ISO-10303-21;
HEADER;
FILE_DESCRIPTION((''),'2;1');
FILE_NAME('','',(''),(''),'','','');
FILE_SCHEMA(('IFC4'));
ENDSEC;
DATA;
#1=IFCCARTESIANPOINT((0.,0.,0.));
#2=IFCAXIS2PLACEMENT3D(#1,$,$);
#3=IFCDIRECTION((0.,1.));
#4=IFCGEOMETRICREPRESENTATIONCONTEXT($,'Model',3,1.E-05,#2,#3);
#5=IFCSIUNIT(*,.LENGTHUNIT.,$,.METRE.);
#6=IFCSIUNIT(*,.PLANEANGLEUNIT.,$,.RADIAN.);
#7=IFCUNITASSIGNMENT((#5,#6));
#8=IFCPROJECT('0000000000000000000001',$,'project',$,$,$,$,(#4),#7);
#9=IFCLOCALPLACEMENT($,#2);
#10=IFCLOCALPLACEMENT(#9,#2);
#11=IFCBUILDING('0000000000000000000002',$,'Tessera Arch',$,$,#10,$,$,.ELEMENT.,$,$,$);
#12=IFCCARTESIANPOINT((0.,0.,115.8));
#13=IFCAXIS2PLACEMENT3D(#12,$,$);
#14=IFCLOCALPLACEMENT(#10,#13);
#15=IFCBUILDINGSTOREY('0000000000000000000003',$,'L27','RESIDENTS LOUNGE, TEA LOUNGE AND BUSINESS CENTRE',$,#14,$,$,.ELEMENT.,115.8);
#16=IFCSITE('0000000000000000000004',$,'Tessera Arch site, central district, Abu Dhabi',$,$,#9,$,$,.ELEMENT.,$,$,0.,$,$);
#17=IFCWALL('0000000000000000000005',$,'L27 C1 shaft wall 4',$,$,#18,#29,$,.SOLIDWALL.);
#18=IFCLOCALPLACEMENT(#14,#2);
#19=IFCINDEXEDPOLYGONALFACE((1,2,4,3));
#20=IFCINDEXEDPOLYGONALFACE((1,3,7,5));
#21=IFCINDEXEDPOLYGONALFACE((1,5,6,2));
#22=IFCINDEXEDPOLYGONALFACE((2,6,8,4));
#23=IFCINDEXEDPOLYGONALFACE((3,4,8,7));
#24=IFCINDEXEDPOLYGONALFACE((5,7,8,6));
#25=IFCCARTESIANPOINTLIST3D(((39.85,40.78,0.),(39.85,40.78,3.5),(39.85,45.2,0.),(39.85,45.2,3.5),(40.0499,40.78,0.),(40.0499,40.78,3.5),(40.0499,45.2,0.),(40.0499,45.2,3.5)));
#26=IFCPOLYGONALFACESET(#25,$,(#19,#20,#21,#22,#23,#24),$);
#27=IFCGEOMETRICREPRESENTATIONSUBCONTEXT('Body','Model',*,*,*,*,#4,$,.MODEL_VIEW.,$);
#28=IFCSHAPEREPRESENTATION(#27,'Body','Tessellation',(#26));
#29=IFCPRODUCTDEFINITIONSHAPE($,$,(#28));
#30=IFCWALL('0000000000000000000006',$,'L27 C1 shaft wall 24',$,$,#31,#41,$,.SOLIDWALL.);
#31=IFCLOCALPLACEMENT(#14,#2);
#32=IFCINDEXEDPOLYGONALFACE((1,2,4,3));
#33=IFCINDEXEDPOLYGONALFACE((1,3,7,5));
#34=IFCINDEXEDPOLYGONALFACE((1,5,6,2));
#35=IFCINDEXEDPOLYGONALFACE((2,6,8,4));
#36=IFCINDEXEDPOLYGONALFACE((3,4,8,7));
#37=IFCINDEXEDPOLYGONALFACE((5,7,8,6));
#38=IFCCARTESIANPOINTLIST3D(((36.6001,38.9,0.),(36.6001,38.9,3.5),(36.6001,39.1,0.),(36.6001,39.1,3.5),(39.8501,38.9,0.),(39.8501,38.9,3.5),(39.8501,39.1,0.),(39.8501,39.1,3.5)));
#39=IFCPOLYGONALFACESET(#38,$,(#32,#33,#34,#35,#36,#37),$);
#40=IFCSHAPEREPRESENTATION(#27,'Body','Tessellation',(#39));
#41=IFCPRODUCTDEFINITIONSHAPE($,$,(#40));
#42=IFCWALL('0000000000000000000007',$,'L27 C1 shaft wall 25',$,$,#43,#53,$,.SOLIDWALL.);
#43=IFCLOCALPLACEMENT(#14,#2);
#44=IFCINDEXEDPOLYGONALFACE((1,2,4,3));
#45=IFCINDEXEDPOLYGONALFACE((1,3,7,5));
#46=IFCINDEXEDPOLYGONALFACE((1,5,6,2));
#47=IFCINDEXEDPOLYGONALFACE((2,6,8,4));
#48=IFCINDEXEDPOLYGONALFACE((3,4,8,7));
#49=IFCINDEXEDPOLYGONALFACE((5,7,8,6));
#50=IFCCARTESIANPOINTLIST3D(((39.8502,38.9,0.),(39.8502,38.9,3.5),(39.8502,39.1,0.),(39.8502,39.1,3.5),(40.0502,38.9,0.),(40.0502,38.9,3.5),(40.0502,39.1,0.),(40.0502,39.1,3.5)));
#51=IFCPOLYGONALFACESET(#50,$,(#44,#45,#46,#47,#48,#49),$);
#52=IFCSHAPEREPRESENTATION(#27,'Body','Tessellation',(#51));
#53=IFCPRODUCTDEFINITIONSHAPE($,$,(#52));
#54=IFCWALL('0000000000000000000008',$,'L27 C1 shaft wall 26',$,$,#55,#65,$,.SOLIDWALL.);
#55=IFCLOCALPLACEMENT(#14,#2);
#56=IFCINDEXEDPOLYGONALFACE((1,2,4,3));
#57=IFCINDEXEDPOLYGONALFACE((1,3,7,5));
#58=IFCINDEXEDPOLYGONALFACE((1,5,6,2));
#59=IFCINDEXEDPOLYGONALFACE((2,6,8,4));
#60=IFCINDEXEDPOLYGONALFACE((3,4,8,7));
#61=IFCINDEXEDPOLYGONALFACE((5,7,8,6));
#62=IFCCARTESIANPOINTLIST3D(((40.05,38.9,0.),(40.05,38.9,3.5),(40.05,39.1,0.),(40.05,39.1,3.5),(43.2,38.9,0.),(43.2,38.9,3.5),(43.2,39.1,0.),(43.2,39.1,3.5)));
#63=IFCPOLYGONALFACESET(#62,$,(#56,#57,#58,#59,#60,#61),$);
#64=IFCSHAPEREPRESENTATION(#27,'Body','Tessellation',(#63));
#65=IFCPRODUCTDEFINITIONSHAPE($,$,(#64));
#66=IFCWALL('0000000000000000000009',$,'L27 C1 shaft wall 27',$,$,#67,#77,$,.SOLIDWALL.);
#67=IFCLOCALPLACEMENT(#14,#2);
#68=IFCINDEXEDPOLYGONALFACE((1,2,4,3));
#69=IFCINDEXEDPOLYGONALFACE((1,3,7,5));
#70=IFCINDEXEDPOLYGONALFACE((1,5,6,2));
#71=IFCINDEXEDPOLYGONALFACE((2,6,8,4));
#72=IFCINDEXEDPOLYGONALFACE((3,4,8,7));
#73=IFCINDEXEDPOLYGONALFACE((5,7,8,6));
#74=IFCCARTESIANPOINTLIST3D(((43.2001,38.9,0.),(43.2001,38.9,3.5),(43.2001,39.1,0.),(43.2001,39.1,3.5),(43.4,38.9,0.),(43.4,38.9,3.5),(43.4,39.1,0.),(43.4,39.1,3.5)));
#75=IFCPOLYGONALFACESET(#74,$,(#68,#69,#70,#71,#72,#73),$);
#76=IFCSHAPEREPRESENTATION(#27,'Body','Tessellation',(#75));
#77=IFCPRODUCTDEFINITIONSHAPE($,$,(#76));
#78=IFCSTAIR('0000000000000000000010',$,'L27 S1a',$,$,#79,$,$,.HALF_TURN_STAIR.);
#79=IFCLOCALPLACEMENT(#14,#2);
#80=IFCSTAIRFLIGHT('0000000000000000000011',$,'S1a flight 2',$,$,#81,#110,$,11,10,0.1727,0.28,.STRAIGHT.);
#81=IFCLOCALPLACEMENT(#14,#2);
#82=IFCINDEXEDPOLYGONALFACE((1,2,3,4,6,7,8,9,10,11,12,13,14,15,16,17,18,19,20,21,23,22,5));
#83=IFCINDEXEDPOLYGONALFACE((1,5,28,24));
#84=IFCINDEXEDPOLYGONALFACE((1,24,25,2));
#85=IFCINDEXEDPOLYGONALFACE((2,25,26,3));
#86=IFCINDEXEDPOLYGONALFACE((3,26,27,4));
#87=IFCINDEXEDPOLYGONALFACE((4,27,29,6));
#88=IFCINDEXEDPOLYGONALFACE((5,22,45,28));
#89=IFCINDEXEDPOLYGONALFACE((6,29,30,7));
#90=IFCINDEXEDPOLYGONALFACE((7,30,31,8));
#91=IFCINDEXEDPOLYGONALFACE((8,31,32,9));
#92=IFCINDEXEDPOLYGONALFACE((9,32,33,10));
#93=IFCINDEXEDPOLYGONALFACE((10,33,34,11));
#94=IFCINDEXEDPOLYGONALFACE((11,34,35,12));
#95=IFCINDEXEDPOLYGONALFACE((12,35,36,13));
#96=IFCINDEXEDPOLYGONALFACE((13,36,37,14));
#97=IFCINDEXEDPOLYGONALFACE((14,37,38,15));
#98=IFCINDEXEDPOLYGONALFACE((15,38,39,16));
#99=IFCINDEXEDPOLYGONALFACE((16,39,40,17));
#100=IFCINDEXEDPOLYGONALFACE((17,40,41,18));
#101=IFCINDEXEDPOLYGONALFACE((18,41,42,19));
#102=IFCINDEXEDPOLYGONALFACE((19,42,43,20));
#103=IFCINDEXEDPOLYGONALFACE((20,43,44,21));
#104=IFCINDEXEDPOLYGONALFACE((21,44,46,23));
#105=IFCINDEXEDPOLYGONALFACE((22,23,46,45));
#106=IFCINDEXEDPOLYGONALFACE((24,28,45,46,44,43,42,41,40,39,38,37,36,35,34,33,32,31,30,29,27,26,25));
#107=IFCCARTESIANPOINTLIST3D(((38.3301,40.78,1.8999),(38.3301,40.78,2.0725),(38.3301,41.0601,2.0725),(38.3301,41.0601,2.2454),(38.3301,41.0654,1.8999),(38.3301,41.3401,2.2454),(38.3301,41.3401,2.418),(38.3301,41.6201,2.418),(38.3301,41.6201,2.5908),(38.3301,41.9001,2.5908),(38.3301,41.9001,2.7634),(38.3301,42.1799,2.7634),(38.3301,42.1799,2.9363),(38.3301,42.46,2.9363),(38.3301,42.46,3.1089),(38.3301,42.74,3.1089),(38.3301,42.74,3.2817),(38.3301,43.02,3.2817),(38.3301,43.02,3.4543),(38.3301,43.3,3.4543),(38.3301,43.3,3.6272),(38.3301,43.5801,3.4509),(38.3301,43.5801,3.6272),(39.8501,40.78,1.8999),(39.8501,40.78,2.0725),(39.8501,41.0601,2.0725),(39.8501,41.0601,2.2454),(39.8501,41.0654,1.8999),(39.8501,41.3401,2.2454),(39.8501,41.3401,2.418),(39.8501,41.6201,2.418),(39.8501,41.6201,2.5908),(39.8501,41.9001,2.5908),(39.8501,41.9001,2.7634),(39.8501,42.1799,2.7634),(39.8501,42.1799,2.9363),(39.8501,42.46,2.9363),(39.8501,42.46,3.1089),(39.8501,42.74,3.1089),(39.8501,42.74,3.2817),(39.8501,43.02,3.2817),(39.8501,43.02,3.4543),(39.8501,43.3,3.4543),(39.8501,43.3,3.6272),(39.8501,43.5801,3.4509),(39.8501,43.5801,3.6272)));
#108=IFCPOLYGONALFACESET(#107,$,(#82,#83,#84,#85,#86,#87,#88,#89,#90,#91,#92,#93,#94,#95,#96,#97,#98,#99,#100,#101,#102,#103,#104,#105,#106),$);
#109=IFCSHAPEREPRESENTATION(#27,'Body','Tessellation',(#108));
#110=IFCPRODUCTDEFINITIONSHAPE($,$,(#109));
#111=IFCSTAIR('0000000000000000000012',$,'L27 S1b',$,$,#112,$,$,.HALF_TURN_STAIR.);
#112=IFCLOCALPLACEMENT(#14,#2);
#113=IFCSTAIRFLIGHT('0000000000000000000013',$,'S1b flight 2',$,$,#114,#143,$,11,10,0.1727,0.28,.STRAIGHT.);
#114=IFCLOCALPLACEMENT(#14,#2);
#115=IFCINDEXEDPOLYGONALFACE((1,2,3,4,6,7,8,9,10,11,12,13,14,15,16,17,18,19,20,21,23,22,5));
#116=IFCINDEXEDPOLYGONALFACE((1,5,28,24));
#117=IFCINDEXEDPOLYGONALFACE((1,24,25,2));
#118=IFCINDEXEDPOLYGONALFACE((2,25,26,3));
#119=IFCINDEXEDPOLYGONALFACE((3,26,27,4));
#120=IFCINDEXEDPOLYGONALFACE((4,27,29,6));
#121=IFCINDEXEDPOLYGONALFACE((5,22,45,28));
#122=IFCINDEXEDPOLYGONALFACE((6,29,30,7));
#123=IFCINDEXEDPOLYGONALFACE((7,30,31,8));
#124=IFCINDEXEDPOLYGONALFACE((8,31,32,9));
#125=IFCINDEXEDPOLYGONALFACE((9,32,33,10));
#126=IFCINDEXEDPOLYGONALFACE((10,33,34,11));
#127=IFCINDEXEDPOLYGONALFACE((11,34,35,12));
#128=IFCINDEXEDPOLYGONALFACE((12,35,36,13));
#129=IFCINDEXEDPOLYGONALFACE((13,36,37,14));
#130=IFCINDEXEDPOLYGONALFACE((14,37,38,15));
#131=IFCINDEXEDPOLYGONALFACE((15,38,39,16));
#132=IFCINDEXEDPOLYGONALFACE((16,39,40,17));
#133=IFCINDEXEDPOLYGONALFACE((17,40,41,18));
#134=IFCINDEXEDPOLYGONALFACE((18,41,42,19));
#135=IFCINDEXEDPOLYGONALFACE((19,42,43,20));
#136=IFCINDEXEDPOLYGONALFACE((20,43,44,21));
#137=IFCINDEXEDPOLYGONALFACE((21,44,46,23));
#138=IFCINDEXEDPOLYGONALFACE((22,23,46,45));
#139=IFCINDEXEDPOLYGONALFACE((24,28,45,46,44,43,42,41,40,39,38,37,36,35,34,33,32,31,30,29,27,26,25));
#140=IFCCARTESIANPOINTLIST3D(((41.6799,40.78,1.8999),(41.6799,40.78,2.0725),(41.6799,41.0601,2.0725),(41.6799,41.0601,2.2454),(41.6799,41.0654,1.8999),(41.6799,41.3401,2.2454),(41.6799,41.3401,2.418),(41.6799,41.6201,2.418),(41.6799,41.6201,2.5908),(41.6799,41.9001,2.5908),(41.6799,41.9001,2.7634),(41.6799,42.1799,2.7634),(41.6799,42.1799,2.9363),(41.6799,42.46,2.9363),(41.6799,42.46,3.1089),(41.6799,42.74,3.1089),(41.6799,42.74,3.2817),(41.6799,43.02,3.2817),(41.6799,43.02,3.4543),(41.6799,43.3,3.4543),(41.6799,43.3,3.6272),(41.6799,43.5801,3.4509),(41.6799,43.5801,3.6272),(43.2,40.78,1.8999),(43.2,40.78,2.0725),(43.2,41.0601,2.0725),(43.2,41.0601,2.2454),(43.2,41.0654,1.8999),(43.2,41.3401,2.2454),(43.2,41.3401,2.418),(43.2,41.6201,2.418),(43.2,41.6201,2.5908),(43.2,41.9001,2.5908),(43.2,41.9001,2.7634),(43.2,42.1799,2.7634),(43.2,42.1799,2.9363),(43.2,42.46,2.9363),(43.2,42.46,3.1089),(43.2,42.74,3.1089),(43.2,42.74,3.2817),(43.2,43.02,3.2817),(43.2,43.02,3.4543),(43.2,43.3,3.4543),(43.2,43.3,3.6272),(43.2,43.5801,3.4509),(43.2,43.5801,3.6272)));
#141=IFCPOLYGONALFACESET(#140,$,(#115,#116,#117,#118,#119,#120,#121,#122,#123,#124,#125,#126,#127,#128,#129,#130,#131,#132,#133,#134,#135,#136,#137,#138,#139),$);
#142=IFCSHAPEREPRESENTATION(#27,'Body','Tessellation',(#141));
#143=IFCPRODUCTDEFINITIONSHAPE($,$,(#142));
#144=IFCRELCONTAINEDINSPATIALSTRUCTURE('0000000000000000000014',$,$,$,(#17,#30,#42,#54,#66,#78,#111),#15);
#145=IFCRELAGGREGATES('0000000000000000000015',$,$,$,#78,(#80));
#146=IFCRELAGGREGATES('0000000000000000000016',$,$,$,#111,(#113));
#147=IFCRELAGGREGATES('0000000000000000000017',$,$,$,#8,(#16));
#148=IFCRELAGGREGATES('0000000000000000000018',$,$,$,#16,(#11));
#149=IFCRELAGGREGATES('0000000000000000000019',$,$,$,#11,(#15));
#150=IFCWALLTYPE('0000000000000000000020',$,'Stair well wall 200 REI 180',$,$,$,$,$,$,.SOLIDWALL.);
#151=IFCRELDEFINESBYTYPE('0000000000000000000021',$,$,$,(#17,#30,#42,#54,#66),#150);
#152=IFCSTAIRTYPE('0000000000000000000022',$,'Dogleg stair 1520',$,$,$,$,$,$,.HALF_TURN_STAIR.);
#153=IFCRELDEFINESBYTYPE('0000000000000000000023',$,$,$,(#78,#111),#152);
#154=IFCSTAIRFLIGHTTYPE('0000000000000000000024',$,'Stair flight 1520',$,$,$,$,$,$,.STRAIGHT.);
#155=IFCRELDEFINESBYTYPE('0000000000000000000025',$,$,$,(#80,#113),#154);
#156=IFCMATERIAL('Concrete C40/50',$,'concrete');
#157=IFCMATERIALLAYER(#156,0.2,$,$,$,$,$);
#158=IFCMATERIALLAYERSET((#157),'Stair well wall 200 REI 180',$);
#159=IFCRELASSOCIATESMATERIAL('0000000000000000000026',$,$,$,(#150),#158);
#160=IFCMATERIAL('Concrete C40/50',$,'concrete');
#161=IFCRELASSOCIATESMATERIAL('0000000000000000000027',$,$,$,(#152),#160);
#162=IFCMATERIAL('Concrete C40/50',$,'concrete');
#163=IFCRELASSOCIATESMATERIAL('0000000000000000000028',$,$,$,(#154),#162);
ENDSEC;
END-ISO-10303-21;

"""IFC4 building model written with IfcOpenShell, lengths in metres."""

from ifc_helpers import new_model, si_unit, direction, frame, frame_2d, origin, place, context, subcontext, project, spatial, polyline, rectangle, outline, extrude, material, layer, layer_set, type_object, element, aggregate, save


model = new_model("IFC4")

# Units and contexts
model_context = context("Model", 3, precision=1e-05, world=origin(), true_north=direction((0.0, 1.0)))
body_context = subcontext(model_context, "Body", "Model", "MODEL_VIEW")
ifc_project = project(units=[si_unit("LENGTHUNIT", "METRE"), si_unit("PLANEANGLEUNIT", "RADIAN")], contexts=[model_context])

# Site, building, storey
site_placement = place(None, origin())
site = spatial("IfcSite", under=ifc_project, at=site_placement, Name="Tessera Arch site, central district, Abu Dhabi", CompositionType="ELEMENT", RefElevation=0.0)
building_placement = place(site_placement, origin())
building = spatial("IfcBuilding", under=site, at=building_placement, Name="Tessera Arch", CompositionType="ELEMENT")
storey_placement = place(building_placement, frame((0.0, 0.0, 115.8)))
storey = spatial("IfcBuildingStorey", under=building, at=storey_placement, Name="L27", Description="RESIDENTS LOUNGE, TEA LOUNGE AND BUSINESS CENTRE", CompositionType="ELEMENT", Elevation=115.8)

# Walls
ifc_material_1 = material(Name="Concrete C40/50", Category="concrete")
ifc_layer_1 = layer(ifc_material_1, 0.2)
ifc_layer_set_1 = layer_set([ifc_layer_1], Name="Stair well wall 200 REI 180")
wall_type_1 = type_object("IfcWallType", Name="Stair well wall 200 REI 180", PredefinedType="SOLIDWALL", material=ifc_layer_set_1)
wall_1_placement = place(storey_placement, frame((39.95, 40.78, 0.0), z_axis=(0.0, 0.0, 1.0), x_axis=(0.0, 1.0, 0.0)))
element("IfcWall", 1, at=wall_1_placement, inside=storey, type_object=wall_type_1, Name="L27 C1 shaft wall 4", PredefinedType="SOLIDWALL", context=body_context, shape_type="SweptSolid", body=[
    extrude(rectangle(XDim=4.4199, YDim=0.2, at=frame_2d((2.21, 0.0))), origin(), (0.0, 0.0, 1.0), 3.5),
])
wall_2_placement = place(storey_placement, frame((36.6001, 39.0, 0.0), z_axis=(0.0, 0.0, 1.0), x_axis=(1.0, 0.0, 0.0)))
element("IfcWall", 2, at=wall_2_placement, inside=storey, type_object=wall_type_1, Name="L27 C1 shaft wall 24", PredefinedType="SOLIDWALL", context=body_context, shape_type="SweptSolid", body=[
    extrude(rectangle(XDim=3.25, YDim=0.2, at=frame_2d((1.625, 0.0))), origin(), (0.0, 0.0, 1.0), 3.5),
])
wall_3_placement = place(storey_placement, frame((39.8501, 39.0, 0.0), z_axis=(0.0, 0.0, 1.0), x_axis=(1.0, 0.0, 0.0)))
element("IfcWall", 3, at=wall_3_placement, inside=storey, type_object=wall_type_1, Name="L27 C1 shaft wall 25", PredefinedType="SOLIDWALL", context=body_context, shape_type="SweptSolid", body=[
    extrude(rectangle(XDim=0.2, YDim=0.2, at=frame_2d((0.1001, 0.0))), origin(), (0.0, 0.0, 1.0), 3.5),
])
wall_4_placement = place(storey_placement, frame((40.05, 39.0, 0.0), z_axis=(0.0, 0.0, 1.0), x_axis=(1.0, 0.0, 0.0)))
element("IfcWall", 4, at=wall_4_placement, inside=storey, type_object=wall_type_1, Name="L27 C1 shaft wall 26", PredefinedType="SOLIDWALL", context=body_context, shape_type="SweptSolid", body=[
    extrude(rectangle(XDim=3.1499, YDim=0.2, at=frame_2d((1.575, 0.0))), origin(), (0.0, 0.0, 1.0), 3.5),
])
wall_5_placement = place(storey_placement, frame((43.2, 39.0, 0.0), z_axis=(0.0, 0.0, 1.0), x_axis=(1.0, 0.0, 0.0)))
element("IfcWall", 5, at=wall_5_placement, inside=storey, type_object=wall_type_1, Name="L27 C1 shaft wall 27", PredefinedType="SOLIDWALL", context=body_context, shape_type="SweptSolid", body=[
    extrude(rectangle(XDim=0.2, YDim=0.2, at=frame_2d((0.1001, 0.0))), origin(), (0.0, 0.0, 1.0), 3.5),
])

# Stairs, stair flights
ifc_material_2 = material(Name="Concrete C40/50", Category="concrete")
stair_type = type_object("IfcStairType", Name="Dogleg stair 1520", PredefinedType="HALF_TURN_STAIR", material=ifc_material_2)
stair_1_placement = place(storey_placement, origin())
stair_1 = element("IfcStair", 6, at=stair_1_placement, inside=storey, type_object=stair_type, Name="L27 S1a", PredefinedType="HALF_TURN_STAIR")
ifc_material_3 = material(Name="Concrete C40/50", Category="concrete")
stair_flight_type = type_object("IfcStairFlightType", Name="Stair flight 1520", PredefinedType="STRAIGHT", material=ifc_material_3)
stair_flight_1_placement = place(storey_placement, frame((39.0901, 40.78, 1.8999), z_axis=(0.0, 0.0, 1.0), x_axis=(0.0, 1.0, 0.0)))
stair_flight_1 = element("IfcStairFlight", 7, at=stair_flight_1_placement, type_object=stair_flight_type, Name="S1a flight 2", NumberOfRisers=11, NumberOfTreads=10, PredefinedType="STRAIGHT", RiserHeight=0.1727, TreadLength=0.28, context=body_context, shape_type="SweptSolid", body=[
    extrude(outline(polyline([(0.0, 0.0), (0.0, 0.1726), (0.28, 0.1726), (0.28, 0.3455), (0.5601, 0.3455), (0.5601, 0.5181), (0.8401, 0.5181), (0.8401, 0.6909), (1.1201, 0.6909), (1.1201, 0.8635), (1.3999, 0.8635), (1.3999, 1.0364), (1.6799, 1.0364), (1.6799, 1.209), (1.96, 1.209), (1.96, 1.3818), (2.24, 1.3818), (2.24, 1.5544), (2.52, 1.5544), (2.52, 1.7273), (2.8, 1.7273), (2.8, 1.8999), (2.8, 1.551), (0.2854, 0.0), (0.0, 0.0)])), frame((0.0, 0.76, 0.0), z_axis=(0.0, -1.0, 0.0), x_axis=(1.0, 0.0, 0.0)), (0.0, 0.0, 1.0), 1.52),
])
aggregate(stair_1, [stair_flight_1])
stair_2_placement = place(storey_placement, origin())
stair_2 = element("IfcStair", 8, at=stair_2_placement, inside=storey, type_object=stair_type, Name="L27 S1b", PredefinedType="HALF_TURN_STAIR")
stair_flight_2_placement = place(storey_placement, frame((42.4399, 40.78, 1.8999), z_axis=(0.0, 0.0, 1.0), x_axis=(0.0, 1.0, 0.0)))
stair_flight_2 = element("IfcStairFlight", 9, at=stair_flight_2_placement, type_object=stair_flight_type, Name="S1b flight 2", NumberOfRisers=11, NumberOfTreads=10, PredefinedType="STRAIGHT", RiserHeight=0.1727, TreadLength=0.28, context=body_context, shape_type="SweptSolid", body=[
    extrude(outline(polyline([(0.0, 0.0), (0.0, 0.1726), (0.28, 0.1726), (0.28, 0.3455), (0.5601, 0.3455), (0.5601, 0.5181), (0.8401, 0.5181), (0.8401, 0.6909), (1.1201, 0.6909), (1.1201, 0.8635), (1.3999, 0.8635), (1.3999, 1.0364), (1.6799, 1.0364), (1.6799, 1.209), (1.96, 1.209), (1.96, 1.3818), (2.24, 1.3818), (2.24, 1.5544), (2.52, 1.5544), (2.52, 1.7273), (2.8, 1.7273), (2.8, 1.8999), (2.8, 1.551), (0.2854, 0.0), (0.0, 0.0)])), frame((0.0, 0.76, 0.0), z_axis=(0.0, -1.0, 0.0), x_axis=(1.0, 0.0, 0.0)), (0.0, 0.0, 1.0), 1.52),
])
aggregate(stair_2, [stair_flight_2])

save(model, "model.ifc")
